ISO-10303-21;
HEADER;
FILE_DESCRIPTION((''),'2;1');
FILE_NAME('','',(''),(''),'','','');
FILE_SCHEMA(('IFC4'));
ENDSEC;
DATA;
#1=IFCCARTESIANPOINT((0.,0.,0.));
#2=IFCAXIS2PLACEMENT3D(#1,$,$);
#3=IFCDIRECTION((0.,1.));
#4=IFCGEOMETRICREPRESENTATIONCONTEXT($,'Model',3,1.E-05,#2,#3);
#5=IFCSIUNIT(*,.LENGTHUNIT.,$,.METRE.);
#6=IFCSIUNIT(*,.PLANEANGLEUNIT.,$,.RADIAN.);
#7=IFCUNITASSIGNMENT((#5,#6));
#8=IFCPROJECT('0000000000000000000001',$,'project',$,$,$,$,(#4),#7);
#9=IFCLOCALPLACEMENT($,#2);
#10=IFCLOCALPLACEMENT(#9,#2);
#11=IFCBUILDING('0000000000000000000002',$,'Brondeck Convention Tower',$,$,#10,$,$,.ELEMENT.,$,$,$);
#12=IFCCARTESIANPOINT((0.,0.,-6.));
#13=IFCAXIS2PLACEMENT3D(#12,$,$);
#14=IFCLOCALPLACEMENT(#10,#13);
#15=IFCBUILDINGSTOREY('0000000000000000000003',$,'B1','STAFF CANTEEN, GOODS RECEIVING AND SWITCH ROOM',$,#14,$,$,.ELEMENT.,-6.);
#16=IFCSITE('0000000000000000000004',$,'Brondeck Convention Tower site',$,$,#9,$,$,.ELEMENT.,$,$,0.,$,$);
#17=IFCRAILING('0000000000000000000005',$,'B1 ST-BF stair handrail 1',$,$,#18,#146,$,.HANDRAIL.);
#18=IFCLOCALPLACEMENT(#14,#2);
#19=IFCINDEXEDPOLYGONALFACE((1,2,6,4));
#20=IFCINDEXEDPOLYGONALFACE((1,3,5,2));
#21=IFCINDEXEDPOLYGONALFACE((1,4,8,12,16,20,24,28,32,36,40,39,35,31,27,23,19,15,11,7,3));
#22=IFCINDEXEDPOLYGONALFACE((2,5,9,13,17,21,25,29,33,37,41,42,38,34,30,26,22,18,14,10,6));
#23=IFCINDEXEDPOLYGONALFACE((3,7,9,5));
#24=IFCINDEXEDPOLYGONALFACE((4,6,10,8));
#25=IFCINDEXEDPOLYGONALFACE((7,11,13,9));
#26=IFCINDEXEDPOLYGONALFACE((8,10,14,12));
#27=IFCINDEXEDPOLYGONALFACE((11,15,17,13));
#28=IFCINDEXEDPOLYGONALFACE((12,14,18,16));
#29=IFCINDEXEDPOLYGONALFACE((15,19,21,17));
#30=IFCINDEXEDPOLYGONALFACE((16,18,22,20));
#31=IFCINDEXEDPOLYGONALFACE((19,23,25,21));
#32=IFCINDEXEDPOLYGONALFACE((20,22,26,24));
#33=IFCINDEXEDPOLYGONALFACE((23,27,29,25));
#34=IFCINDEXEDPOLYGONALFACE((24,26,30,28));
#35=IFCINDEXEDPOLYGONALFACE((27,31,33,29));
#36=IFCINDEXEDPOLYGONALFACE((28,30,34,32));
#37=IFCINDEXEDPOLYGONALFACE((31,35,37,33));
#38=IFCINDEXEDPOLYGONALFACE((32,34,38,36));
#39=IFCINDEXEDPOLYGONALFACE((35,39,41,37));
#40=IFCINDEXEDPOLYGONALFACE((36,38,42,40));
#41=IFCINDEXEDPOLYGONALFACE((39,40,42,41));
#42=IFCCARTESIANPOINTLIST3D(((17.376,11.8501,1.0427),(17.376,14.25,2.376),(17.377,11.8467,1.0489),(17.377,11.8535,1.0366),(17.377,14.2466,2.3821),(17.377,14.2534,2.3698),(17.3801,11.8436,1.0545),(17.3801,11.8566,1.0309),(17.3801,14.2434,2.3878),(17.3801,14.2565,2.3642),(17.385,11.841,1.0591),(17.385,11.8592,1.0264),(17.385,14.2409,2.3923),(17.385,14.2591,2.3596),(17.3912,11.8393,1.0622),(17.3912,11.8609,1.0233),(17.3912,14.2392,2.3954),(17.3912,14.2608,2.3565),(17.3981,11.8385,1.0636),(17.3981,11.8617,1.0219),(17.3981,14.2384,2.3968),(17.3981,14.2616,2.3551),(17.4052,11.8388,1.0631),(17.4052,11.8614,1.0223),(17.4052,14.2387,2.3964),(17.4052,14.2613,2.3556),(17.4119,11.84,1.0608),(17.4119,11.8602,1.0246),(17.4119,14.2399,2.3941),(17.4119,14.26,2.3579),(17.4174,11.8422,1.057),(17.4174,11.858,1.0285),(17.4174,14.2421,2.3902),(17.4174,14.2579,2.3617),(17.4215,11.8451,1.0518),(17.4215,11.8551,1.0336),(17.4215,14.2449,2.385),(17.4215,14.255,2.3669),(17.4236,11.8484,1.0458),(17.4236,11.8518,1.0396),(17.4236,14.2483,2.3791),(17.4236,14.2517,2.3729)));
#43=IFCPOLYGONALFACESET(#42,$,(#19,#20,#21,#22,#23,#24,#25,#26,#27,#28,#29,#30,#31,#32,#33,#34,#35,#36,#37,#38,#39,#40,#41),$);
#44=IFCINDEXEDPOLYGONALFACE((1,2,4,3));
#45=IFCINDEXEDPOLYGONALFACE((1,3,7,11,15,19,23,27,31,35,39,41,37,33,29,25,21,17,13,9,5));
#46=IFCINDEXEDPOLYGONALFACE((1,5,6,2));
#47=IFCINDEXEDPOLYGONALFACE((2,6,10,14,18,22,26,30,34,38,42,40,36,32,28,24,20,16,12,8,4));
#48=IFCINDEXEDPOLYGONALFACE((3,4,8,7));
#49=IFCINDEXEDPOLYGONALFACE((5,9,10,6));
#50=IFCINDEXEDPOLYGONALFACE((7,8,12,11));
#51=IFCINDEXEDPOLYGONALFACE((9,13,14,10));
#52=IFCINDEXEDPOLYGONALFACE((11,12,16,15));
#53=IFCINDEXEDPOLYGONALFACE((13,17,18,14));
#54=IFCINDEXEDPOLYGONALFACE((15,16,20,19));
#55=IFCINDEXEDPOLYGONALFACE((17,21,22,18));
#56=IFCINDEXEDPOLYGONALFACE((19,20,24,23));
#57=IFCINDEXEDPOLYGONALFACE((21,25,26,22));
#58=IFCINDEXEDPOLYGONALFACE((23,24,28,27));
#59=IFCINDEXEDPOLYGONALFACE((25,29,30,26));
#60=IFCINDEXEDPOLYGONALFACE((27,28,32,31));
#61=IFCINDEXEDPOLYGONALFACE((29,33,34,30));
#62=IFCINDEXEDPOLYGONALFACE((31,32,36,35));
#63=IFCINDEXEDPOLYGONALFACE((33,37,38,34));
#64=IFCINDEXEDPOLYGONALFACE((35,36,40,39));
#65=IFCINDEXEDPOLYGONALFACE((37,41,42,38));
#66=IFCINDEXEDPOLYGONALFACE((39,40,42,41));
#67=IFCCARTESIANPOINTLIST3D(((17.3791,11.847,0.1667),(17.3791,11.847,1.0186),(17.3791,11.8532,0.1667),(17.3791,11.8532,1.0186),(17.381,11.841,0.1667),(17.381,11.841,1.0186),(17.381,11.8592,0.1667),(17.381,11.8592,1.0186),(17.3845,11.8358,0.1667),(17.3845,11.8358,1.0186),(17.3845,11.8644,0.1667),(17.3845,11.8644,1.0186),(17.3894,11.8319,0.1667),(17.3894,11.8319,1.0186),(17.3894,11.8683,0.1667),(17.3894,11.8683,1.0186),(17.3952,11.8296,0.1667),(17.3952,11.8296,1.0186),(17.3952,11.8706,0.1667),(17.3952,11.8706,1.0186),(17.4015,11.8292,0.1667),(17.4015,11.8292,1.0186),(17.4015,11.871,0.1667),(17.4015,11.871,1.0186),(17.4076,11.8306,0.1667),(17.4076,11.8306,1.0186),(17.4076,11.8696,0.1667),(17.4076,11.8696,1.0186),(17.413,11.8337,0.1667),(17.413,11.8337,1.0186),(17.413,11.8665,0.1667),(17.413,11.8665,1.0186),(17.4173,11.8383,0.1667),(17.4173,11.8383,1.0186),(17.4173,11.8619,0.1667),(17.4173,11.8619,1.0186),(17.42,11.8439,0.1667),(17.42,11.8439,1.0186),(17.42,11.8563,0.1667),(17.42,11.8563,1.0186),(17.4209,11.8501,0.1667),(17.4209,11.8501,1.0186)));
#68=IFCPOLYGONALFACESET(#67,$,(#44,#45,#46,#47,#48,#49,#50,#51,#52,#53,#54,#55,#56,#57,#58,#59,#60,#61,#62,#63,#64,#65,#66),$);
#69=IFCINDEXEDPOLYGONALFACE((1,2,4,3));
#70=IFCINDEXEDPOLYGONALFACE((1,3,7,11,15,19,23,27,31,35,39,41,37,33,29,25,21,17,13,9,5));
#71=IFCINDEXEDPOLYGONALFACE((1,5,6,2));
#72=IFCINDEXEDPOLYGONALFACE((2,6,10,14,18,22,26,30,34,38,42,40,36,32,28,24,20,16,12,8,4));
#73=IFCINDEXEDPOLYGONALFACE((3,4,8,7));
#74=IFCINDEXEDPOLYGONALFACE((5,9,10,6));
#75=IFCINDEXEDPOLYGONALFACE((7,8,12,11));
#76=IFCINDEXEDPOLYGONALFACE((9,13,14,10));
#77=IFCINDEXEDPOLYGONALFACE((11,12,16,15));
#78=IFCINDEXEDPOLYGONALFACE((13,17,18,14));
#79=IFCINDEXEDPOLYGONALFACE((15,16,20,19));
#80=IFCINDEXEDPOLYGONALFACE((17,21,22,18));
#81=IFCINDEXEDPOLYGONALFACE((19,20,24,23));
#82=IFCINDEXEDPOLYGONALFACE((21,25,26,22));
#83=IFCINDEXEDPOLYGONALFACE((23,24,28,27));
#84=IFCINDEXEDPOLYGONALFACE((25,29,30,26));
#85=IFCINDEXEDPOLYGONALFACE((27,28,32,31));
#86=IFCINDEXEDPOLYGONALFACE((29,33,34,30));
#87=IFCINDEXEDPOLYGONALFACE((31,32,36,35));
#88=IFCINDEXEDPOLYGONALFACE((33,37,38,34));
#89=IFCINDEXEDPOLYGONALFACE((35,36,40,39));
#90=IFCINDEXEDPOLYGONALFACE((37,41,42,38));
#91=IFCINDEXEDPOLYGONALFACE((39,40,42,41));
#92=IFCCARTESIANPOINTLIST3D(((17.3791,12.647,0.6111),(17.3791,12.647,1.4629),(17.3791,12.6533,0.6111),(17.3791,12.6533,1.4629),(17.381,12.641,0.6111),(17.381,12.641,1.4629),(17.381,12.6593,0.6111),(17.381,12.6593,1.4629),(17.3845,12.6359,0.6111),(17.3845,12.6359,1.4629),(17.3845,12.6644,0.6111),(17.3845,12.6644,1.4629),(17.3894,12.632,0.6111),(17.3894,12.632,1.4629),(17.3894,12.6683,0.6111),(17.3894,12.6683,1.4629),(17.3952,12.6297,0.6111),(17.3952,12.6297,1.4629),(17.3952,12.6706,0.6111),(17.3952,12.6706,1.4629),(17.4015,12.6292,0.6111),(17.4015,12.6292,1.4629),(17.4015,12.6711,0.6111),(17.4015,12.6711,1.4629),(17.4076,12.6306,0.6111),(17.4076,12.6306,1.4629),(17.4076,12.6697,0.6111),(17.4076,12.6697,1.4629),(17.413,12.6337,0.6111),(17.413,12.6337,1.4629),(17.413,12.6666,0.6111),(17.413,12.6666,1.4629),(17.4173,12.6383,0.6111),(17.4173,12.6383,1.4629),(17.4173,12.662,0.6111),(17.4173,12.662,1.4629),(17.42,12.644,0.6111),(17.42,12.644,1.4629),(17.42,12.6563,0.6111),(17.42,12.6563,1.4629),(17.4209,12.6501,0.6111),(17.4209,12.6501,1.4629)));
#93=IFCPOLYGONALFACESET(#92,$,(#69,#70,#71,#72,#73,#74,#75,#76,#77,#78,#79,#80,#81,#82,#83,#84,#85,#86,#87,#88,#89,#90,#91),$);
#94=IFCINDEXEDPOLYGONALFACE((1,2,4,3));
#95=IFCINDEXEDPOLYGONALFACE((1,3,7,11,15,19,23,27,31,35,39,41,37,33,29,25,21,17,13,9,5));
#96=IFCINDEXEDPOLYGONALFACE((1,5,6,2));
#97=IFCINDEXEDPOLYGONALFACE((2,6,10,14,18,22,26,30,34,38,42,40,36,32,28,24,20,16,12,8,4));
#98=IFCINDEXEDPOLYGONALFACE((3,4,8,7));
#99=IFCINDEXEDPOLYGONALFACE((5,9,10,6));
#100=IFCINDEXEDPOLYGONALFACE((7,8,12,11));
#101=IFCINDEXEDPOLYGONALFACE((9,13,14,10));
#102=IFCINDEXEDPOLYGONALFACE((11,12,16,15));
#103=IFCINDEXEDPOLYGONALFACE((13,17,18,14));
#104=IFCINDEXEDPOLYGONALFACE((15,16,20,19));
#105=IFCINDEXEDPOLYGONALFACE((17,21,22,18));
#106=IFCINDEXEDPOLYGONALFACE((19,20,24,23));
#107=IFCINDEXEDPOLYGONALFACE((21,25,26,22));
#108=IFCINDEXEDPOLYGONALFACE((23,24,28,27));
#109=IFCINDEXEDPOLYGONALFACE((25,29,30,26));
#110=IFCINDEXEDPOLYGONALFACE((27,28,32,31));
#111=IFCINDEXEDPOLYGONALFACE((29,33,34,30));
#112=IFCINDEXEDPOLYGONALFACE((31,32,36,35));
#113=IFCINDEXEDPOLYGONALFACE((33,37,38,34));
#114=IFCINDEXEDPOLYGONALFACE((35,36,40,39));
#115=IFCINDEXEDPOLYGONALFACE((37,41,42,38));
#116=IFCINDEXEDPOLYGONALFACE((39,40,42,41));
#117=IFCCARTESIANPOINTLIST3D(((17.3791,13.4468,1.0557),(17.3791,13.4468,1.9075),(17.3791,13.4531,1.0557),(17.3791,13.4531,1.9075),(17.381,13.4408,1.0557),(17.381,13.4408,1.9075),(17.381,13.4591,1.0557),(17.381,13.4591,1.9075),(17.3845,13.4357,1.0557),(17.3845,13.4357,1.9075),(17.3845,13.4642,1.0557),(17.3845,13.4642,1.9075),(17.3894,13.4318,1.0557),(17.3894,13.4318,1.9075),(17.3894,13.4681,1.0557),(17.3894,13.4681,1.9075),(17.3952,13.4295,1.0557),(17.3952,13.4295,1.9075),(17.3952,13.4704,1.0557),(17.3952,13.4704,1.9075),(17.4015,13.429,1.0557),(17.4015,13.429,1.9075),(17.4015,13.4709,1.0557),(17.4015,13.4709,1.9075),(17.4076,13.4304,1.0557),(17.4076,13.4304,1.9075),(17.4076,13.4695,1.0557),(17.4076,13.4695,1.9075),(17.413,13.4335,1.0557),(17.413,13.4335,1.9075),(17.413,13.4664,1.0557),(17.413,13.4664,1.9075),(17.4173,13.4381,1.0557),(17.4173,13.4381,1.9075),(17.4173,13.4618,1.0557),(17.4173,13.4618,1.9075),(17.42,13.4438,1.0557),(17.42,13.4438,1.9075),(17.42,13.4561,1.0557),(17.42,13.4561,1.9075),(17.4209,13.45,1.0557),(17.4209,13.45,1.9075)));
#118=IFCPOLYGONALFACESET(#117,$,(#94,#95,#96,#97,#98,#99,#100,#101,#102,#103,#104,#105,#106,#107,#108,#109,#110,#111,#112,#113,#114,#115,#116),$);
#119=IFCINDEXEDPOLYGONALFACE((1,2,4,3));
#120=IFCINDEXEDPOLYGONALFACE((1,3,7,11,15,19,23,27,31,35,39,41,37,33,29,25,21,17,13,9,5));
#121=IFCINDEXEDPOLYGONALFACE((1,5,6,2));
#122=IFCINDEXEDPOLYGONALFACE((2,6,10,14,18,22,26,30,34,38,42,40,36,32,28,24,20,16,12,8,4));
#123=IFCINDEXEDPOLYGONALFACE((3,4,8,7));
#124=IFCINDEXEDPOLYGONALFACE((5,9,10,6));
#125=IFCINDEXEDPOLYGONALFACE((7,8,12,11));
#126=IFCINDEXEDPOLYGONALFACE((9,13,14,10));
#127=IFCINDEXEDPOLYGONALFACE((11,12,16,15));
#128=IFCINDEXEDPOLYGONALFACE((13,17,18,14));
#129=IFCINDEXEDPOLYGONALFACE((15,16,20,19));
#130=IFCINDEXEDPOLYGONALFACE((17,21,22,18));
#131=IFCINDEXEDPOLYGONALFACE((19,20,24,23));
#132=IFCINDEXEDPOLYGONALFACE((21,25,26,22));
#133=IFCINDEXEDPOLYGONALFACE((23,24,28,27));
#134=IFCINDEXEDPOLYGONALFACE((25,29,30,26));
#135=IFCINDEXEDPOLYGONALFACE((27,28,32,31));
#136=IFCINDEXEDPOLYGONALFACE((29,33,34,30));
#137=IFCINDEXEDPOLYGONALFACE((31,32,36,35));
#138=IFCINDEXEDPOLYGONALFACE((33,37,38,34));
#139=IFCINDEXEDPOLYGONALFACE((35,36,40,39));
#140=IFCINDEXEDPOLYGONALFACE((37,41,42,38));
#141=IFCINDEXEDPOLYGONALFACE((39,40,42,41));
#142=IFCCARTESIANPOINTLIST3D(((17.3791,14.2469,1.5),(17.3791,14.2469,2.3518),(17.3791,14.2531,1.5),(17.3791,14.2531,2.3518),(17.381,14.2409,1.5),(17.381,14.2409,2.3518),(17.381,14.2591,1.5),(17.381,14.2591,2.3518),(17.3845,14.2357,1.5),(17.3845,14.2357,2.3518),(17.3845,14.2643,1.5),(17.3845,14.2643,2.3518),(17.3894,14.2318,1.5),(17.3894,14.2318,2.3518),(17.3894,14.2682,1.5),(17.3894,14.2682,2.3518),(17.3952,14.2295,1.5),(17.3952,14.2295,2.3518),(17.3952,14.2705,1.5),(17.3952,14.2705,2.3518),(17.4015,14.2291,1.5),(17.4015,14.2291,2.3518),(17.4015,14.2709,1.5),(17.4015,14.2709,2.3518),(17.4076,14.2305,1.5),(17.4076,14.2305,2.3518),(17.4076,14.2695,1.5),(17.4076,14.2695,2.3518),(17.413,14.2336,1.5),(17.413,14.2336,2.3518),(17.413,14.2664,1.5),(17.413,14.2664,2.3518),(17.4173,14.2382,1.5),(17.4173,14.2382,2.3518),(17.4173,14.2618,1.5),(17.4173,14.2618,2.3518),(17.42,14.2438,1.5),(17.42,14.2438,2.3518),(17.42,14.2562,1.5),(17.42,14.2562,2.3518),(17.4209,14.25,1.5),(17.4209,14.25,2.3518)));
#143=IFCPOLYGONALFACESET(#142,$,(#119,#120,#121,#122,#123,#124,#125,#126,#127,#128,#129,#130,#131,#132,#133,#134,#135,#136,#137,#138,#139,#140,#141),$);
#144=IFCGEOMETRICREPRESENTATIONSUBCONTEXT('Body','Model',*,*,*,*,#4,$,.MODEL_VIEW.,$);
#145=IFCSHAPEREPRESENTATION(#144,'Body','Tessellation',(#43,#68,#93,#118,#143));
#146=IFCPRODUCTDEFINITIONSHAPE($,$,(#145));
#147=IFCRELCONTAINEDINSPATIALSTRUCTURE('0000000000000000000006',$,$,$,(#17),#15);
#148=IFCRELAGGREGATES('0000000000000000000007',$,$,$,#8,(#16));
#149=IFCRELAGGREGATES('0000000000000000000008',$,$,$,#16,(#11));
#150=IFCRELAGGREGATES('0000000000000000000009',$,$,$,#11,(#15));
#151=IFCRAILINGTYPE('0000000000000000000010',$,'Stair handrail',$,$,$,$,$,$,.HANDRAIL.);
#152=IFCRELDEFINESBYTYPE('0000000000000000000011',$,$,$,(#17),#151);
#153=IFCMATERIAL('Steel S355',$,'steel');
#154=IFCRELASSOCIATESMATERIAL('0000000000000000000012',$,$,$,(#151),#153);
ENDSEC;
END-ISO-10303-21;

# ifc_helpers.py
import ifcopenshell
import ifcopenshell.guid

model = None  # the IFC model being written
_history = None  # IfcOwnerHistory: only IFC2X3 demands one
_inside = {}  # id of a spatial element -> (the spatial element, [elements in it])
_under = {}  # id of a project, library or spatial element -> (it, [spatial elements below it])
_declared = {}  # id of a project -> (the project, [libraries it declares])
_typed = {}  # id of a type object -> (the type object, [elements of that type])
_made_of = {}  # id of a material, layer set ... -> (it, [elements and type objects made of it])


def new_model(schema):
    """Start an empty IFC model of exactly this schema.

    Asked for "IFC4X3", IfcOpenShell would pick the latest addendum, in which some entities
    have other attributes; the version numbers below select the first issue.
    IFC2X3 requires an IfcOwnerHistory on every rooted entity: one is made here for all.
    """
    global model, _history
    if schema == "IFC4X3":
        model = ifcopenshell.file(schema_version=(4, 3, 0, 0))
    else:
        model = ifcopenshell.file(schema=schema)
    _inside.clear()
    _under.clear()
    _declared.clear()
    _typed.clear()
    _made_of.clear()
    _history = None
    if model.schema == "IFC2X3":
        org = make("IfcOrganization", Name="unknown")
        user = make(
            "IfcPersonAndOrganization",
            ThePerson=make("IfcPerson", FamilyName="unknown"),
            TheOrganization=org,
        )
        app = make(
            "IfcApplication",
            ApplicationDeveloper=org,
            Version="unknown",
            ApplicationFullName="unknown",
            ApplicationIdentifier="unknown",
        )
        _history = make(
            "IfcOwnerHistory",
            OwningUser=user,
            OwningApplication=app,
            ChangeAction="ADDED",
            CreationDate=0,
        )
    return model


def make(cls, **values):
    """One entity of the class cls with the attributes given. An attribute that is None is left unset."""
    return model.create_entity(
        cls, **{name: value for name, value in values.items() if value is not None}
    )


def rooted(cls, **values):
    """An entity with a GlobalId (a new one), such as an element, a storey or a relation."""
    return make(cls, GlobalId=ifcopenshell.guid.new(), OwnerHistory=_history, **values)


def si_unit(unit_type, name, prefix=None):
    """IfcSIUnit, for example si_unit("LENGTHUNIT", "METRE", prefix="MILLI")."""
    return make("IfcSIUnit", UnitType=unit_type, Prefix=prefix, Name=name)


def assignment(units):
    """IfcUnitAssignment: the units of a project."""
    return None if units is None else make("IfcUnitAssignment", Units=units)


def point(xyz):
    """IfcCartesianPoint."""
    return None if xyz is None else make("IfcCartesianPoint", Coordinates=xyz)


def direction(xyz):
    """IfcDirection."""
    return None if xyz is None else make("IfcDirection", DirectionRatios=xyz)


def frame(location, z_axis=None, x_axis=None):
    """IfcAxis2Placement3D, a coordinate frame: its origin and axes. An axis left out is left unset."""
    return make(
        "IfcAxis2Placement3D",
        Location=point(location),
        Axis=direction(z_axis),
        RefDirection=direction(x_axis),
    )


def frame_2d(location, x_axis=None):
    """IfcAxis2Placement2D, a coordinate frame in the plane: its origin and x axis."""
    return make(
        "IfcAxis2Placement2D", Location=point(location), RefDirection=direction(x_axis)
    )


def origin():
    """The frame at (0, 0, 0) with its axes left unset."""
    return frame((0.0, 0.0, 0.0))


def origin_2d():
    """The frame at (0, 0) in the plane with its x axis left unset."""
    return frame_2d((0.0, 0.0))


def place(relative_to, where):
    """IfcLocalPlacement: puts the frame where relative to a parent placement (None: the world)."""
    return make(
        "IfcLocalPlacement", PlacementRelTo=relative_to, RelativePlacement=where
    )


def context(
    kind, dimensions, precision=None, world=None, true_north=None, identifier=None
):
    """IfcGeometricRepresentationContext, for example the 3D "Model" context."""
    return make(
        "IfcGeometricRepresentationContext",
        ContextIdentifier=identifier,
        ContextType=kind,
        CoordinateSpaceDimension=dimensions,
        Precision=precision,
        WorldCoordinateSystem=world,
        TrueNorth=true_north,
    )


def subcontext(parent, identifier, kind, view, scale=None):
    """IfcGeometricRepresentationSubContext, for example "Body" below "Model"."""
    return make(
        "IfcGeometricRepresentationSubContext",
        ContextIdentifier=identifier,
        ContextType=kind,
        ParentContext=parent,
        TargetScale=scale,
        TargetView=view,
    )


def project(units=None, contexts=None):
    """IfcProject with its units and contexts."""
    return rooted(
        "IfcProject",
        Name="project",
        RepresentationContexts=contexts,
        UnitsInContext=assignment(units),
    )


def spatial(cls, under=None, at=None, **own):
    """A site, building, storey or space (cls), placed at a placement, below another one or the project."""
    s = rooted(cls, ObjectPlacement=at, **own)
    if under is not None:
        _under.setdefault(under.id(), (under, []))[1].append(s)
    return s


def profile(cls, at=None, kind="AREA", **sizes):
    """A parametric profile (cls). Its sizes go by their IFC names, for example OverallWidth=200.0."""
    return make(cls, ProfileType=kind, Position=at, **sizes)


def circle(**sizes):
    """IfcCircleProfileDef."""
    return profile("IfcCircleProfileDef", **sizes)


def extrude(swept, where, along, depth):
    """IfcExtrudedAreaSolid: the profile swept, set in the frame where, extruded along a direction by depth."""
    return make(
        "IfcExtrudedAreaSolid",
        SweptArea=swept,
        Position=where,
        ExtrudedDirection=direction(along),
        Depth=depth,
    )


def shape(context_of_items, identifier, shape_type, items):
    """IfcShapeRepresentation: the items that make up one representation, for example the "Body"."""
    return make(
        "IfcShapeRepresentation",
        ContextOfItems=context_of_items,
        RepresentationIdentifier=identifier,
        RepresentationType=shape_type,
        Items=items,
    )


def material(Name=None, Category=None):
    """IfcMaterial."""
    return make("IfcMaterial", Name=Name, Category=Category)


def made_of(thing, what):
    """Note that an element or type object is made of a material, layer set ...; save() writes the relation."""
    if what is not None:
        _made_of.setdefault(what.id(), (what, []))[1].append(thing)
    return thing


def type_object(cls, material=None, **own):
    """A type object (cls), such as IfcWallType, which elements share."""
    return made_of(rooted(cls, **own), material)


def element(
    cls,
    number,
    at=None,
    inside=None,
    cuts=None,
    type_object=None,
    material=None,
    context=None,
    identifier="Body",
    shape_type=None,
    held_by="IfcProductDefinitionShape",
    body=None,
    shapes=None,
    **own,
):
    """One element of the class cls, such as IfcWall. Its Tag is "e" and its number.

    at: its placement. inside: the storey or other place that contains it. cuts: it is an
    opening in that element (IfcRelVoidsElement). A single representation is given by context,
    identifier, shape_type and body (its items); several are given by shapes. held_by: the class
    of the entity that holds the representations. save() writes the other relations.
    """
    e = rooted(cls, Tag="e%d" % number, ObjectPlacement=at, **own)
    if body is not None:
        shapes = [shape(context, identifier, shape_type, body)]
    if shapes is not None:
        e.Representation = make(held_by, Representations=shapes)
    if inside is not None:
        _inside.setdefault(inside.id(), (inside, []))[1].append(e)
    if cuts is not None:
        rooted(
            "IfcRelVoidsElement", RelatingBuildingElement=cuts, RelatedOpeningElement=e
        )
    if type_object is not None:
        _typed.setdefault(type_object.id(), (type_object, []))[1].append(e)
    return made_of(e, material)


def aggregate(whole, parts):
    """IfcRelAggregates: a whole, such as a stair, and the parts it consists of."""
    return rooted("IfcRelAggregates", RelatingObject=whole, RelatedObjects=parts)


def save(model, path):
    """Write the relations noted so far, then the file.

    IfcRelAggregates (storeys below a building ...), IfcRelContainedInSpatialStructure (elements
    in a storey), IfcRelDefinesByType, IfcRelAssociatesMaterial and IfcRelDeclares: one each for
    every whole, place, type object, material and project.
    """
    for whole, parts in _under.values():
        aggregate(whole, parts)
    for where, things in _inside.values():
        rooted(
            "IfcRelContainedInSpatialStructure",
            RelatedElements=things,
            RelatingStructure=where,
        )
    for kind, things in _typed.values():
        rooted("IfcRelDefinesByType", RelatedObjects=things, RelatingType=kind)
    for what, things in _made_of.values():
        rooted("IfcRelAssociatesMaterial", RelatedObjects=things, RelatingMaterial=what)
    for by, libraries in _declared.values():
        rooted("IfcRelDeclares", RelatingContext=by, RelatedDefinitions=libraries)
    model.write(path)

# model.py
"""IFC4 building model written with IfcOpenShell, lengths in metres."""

from ifc_helpers import new_model, si_unit, direction, frame, origin, origin_2d, place, context, subcontext, project, spatial, circle, extrude, material, type_object, element, save


model = new_model("IFC4")

# Units and contexts
model_context = context("Model", 3, precision=1e-05, world=origin(), true_north=direction((0.0, 1.0)))
body_context = subcontext(model_context, "Body", "Model", "MODEL_VIEW")
ifc_project = project(units=[si_unit("LENGTHUNIT", "METRE"), si_unit("PLANEANGLEUNIT", "RADIAN")], contexts=[model_context])

# Site, building, storey
site_placement = place(None, origin())
site = spatial("IfcSite", under=ifc_project, at=site_placement, Name="Brondeck Convention Tower site", CompositionType="ELEMENT", RefElevation=0.0)
building_placement = place(site_placement, origin())
building = spatial("IfcBuilding", under=site, at=building_placement, Name="Brondeck Convention Tower", CompositionType="ELEMENT")
storey_placement = place(building_placement, frame((0.0, 0.0, -6.0)))
storey = spatial("IfcBuildingStorey", under=building, at=storey_placement, Name="B1", Description="STAFF CANTEEN, GOODS RECEIVING AND SWITCH ROOM", CompositionType="ELEMENT", Elevation=-6.0)

# Shared definitions
ifc_material_1 = material(Name="Steel S355", Category="steel")

# Railing
railing_type_1 = type_object("IfcRailingType", Name="Stair handrail", PredefinedType="HANDRAIL", material=ifc_material_1)
railing_1_placement = place(storey_placement, frame((17.3999, 11.8501, 0.1667)))
element("IfcRailing", 1, at=railing_1_placement, inside=storey, type_object=railing_type_1, Name="B1 ST-BF stair handrail 1", PredefinedType="HANDRAIL", context=body_context, shape_type="SweptSolid", body=[
    extrude(circle(Radius=0.0239, at=origin_2d()), frame((0.0, 0.0, 0.876), z_axis=(0.0, 0.874161, 0.485635), x_axis=(-1.0, 0.0, 0.0)), (0.0, 0.0, 1.0), 2.7454),
    extrude(circle(Radius=0.021, at=origin_2d()), origin(), (0.0, 0.0, 1.0), 0.8518),
    extrude(circle(Radius=0.021, at=origin_2d()), frame((0.0, 0.8, 0.4443)), (0.0, 0.0, 1.0), 0.8518),
    extrude(circle(Radius=0.021, at=origin_2d()), frame((0.0, 1.5999, 0.8889)), (0.0, 0.0, 1.0), 0.8518),
    extrude(circle(Radius=0.021, at=origin_2d()), frame((0.0, 2.3999, 1.3333)), (0.0, 0.0, 1.0), 0.8518),
])

save(model, "model.ifc")
